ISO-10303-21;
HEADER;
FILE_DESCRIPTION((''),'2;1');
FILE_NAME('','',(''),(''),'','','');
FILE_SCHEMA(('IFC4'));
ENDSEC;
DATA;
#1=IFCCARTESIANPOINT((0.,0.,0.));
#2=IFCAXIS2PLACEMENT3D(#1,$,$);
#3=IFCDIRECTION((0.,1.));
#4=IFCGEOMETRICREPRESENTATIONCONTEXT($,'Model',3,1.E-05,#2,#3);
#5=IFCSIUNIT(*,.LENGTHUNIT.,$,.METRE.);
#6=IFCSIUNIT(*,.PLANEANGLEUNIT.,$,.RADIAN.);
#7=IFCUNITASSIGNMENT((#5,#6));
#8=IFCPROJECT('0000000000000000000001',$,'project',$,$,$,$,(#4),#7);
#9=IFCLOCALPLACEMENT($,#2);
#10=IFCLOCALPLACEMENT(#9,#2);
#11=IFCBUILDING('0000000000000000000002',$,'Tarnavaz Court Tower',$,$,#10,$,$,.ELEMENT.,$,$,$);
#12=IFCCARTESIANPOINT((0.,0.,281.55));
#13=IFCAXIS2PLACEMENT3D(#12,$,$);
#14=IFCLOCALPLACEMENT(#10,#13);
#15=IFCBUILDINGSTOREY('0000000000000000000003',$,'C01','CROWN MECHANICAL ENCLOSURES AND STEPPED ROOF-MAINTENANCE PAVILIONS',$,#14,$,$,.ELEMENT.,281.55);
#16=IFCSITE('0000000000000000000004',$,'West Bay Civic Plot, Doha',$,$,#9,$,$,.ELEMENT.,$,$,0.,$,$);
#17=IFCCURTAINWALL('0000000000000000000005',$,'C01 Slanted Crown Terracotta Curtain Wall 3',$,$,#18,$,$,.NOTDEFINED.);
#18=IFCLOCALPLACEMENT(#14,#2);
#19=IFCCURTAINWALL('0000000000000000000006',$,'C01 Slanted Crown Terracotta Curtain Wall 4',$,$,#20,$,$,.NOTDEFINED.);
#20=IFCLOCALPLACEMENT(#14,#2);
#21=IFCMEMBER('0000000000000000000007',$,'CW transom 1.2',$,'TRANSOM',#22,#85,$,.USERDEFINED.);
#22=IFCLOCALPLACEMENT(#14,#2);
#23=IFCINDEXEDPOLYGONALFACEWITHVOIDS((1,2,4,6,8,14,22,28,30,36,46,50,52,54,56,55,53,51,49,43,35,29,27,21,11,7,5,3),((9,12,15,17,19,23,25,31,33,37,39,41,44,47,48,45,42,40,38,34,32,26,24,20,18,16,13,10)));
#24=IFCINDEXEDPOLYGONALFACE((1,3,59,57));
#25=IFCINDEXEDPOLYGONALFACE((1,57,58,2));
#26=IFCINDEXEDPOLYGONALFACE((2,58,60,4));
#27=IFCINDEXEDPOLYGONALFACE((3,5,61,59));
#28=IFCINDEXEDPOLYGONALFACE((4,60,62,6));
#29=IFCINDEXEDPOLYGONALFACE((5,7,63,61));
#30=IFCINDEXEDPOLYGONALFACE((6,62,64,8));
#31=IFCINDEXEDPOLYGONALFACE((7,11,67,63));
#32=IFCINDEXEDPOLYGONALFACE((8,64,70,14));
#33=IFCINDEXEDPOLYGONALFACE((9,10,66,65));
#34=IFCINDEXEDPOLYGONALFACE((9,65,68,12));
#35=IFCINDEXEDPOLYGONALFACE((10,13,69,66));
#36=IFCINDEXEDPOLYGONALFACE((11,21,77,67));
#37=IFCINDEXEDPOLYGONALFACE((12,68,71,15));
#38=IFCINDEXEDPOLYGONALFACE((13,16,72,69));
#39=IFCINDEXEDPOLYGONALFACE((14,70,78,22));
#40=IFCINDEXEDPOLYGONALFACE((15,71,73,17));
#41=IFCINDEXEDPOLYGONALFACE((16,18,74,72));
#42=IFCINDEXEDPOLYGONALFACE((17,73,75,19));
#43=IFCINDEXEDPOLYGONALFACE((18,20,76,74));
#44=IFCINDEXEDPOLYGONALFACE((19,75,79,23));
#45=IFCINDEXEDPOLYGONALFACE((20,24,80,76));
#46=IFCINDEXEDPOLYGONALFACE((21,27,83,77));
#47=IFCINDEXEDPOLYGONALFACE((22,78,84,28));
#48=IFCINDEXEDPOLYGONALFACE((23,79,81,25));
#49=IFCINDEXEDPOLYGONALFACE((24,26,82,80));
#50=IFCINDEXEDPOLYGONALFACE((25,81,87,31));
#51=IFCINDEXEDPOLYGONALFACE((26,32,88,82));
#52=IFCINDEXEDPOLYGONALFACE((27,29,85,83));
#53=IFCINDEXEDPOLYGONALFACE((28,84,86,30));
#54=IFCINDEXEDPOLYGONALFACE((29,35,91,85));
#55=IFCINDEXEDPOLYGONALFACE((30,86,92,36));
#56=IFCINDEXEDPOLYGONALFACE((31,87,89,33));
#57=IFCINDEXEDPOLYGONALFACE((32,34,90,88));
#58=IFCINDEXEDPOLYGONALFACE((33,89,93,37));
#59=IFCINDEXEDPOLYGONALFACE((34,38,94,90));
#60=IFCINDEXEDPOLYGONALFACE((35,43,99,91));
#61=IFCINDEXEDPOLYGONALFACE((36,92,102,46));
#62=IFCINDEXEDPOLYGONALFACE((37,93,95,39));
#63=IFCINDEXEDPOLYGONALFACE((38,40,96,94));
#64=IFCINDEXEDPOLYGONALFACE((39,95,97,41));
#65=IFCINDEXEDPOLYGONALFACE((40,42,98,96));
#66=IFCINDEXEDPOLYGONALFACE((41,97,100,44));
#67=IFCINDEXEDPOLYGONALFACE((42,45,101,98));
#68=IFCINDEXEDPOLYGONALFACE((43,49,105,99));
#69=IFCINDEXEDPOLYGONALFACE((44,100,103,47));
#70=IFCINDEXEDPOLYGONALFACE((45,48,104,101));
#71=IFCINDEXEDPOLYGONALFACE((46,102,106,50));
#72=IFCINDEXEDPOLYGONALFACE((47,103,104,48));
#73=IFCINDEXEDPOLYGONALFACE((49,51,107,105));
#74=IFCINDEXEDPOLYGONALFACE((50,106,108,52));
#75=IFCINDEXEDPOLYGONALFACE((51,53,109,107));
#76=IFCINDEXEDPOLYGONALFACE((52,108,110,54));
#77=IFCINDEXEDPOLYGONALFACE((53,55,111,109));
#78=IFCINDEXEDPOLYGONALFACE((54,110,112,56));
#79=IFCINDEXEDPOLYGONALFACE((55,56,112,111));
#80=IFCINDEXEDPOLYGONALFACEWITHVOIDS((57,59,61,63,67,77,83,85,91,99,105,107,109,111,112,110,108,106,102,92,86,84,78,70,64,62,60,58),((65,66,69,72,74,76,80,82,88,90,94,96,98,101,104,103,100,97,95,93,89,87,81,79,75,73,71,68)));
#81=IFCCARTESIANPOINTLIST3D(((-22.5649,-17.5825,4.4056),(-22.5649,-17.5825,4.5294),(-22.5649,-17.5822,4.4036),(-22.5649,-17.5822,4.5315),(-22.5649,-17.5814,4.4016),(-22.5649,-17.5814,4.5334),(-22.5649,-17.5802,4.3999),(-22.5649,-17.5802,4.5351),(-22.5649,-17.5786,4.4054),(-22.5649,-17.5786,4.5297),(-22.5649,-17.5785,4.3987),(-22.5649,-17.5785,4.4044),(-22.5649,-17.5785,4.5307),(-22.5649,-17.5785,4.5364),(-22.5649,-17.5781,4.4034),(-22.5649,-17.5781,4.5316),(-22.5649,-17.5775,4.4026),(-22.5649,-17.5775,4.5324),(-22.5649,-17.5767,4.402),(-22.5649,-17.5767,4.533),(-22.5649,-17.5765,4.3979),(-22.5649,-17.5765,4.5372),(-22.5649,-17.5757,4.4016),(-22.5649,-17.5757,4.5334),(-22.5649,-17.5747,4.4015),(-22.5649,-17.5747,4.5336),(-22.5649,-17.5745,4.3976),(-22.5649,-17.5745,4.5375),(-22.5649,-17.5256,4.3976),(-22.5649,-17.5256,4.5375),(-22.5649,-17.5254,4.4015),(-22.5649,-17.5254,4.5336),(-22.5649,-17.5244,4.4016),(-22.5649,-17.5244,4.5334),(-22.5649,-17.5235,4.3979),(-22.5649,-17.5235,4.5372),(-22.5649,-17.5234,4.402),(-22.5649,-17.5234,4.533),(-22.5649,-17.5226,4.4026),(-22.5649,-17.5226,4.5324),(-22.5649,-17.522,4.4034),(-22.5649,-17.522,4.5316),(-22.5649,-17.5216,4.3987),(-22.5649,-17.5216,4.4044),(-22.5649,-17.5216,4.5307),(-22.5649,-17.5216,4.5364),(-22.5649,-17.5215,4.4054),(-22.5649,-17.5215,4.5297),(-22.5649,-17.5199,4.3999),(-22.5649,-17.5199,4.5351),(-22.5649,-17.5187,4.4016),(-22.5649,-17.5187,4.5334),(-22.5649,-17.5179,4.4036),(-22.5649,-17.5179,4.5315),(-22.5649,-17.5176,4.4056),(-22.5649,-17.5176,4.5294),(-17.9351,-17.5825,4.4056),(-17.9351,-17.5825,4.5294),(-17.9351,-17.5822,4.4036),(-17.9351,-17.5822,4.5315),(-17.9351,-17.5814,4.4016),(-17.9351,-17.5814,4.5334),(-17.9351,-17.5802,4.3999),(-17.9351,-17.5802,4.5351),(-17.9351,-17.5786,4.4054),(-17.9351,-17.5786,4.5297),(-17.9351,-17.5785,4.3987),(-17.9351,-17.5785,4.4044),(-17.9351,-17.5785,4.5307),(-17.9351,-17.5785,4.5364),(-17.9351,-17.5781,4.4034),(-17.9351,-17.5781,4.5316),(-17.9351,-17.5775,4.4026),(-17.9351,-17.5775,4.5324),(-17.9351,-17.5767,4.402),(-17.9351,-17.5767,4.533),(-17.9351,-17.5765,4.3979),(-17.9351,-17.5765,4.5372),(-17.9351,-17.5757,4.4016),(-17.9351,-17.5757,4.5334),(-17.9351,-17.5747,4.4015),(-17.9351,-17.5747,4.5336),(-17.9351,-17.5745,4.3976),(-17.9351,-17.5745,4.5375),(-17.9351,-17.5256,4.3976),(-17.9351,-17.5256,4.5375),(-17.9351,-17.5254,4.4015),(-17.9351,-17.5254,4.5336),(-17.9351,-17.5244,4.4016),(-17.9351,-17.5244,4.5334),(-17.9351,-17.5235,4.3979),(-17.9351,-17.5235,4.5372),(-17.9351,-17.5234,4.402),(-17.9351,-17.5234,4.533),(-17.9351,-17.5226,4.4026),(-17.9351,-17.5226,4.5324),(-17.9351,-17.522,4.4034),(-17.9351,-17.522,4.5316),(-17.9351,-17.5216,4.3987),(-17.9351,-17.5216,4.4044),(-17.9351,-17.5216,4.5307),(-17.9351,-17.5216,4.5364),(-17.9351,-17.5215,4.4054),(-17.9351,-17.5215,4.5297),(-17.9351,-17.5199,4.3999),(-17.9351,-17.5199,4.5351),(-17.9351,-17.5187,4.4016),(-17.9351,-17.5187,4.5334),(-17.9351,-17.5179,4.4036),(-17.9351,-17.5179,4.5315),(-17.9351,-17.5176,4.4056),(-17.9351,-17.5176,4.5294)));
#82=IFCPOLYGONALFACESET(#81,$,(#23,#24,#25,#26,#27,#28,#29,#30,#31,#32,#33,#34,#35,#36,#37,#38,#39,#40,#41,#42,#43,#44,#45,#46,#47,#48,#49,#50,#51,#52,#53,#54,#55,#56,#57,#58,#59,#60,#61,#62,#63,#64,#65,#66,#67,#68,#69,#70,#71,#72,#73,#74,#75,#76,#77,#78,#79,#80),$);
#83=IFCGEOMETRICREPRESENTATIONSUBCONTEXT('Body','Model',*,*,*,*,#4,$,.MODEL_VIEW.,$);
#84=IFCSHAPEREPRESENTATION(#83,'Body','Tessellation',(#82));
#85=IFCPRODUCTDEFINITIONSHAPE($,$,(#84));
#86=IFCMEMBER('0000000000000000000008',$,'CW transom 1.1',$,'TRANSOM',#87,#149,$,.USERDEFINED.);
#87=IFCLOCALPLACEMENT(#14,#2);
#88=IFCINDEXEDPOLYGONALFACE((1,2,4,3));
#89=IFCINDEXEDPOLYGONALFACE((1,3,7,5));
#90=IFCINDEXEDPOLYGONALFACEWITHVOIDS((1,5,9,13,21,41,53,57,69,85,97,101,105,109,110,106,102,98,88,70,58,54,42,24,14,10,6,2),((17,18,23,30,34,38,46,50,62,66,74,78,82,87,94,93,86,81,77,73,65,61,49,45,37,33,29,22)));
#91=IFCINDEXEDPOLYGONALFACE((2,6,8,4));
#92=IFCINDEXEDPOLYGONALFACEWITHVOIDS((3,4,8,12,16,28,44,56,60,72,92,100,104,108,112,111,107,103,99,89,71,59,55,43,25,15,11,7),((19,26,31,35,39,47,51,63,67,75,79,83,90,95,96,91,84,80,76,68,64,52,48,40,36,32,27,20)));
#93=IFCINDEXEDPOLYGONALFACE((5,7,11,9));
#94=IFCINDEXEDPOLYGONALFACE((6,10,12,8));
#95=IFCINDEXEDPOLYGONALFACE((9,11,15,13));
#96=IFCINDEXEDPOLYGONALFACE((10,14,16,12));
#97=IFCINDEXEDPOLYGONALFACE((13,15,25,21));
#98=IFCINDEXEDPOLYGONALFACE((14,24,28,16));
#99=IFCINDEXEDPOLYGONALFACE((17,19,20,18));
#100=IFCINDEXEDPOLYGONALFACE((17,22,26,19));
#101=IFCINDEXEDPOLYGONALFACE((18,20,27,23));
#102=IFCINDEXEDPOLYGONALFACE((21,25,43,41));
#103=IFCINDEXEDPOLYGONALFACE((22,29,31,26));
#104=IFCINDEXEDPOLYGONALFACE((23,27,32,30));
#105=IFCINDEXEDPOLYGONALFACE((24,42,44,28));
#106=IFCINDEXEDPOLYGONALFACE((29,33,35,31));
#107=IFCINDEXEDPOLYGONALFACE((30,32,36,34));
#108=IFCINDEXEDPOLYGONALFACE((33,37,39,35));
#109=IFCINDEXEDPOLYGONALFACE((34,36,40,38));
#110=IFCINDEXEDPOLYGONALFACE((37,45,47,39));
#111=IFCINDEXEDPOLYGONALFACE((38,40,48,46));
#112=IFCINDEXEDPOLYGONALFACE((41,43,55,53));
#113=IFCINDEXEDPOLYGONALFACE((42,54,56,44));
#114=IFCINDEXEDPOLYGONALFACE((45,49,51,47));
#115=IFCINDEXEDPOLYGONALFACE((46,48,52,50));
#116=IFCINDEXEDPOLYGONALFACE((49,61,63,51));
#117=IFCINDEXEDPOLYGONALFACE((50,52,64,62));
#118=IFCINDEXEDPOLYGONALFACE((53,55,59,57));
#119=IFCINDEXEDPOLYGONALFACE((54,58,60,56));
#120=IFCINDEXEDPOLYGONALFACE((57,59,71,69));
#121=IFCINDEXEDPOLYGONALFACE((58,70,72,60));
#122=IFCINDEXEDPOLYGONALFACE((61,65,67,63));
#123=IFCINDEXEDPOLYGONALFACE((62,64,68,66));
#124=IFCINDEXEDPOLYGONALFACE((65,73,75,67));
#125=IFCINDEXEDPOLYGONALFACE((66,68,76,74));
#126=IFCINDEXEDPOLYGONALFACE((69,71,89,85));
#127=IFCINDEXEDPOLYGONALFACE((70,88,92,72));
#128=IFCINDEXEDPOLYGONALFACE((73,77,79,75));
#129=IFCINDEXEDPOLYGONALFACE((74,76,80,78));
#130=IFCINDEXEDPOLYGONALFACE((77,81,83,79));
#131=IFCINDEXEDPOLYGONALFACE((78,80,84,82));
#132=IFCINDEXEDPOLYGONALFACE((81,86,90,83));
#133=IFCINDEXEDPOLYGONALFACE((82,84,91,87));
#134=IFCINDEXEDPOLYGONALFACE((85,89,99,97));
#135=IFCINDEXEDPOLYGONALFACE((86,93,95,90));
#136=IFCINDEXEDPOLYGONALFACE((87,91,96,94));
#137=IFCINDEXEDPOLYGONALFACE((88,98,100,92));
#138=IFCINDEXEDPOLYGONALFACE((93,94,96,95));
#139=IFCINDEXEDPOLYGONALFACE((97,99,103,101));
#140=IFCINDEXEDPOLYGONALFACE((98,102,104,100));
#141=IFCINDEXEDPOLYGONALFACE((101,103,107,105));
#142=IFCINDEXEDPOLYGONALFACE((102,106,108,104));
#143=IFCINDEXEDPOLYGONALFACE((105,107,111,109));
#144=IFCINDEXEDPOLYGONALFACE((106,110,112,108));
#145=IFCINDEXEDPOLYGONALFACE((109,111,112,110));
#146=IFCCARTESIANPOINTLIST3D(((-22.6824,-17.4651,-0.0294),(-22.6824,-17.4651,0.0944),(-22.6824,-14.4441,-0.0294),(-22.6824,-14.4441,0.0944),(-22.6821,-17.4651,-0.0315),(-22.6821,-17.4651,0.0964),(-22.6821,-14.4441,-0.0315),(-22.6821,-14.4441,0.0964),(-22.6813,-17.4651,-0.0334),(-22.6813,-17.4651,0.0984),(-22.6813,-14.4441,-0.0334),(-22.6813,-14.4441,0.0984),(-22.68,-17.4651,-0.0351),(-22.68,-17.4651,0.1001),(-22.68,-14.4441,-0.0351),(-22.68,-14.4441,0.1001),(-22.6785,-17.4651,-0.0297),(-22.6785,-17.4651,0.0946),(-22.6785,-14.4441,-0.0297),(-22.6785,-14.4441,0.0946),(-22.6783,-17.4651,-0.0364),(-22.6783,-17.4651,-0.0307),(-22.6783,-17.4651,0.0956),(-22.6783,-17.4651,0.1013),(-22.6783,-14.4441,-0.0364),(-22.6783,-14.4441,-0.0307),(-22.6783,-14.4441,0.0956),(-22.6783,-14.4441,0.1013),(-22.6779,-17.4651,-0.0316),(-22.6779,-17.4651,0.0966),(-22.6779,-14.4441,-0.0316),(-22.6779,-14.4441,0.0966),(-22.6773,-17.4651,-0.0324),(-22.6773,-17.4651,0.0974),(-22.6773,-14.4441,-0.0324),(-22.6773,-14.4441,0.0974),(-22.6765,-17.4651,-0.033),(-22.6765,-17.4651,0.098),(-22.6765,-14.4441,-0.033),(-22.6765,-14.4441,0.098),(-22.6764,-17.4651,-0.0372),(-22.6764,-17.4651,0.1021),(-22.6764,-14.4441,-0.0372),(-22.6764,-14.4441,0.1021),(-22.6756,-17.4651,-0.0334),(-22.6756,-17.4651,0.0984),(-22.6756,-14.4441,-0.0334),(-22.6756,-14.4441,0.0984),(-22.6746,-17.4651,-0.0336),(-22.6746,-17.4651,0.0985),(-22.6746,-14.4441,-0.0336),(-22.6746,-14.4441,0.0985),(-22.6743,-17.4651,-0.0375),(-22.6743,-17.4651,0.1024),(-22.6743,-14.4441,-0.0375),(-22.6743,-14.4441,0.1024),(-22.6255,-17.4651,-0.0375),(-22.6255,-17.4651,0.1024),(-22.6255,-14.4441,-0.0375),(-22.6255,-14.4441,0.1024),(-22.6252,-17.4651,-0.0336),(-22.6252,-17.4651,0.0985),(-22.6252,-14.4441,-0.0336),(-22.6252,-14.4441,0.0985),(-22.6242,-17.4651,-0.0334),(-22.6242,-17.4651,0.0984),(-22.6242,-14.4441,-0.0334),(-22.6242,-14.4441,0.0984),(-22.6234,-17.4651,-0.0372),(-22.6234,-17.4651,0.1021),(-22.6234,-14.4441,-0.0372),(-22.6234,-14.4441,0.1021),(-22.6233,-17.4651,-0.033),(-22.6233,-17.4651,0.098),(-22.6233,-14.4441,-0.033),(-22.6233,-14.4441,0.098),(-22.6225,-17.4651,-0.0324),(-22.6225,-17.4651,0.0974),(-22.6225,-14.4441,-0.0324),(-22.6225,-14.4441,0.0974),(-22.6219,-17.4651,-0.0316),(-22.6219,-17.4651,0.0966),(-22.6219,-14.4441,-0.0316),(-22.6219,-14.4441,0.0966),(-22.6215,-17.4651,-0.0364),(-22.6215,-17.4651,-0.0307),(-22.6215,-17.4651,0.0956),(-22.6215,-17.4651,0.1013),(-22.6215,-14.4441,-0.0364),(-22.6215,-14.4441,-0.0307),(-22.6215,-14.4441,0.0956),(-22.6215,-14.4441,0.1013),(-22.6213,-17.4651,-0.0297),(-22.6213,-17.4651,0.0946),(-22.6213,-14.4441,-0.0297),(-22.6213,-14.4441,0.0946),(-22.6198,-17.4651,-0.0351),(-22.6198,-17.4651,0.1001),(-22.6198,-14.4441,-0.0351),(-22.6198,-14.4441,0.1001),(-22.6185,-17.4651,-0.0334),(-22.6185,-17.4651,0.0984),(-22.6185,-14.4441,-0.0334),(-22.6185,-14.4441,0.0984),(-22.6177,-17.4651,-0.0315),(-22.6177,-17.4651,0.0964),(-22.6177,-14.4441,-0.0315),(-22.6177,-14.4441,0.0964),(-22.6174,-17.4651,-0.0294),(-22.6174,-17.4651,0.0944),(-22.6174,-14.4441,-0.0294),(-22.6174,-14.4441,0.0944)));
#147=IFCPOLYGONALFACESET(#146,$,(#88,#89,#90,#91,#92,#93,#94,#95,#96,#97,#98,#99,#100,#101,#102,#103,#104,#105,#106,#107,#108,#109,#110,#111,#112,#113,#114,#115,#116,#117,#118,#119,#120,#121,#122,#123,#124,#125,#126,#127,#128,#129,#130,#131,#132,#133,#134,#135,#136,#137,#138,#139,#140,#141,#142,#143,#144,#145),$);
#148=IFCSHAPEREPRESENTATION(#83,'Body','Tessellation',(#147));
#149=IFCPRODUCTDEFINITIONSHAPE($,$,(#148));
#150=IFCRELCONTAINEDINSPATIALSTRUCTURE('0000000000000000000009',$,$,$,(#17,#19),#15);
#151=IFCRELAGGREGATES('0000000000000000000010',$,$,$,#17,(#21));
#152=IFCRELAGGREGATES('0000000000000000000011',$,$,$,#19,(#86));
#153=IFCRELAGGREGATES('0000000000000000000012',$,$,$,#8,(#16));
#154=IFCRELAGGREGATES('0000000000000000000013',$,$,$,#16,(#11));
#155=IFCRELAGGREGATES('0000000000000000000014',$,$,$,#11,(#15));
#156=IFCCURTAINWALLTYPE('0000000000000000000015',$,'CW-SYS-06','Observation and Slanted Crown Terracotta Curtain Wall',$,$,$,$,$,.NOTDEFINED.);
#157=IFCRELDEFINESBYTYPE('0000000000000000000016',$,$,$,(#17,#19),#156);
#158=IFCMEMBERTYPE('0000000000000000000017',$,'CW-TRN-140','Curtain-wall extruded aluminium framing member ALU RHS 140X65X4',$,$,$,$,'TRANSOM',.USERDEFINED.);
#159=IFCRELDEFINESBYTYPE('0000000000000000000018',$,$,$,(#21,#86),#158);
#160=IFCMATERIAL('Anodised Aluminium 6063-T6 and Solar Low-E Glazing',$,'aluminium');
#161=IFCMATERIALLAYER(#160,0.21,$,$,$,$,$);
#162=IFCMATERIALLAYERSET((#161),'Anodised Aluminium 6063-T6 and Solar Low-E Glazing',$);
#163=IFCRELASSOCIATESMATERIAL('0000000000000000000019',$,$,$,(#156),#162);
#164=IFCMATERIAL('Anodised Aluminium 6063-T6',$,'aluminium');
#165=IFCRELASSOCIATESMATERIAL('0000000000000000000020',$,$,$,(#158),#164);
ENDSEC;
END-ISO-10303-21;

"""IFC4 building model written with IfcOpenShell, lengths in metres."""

from ifc_helpers import new_model, si_unit, direction, frame, origin, origin_2d, place, context, subcontext, project, spatial, hollow_rectangle, extrude, material, layer, layer_set, material_profile, profile_set, type_object, element, aggregate, save


model = new_model("IFC4")

# Units and contexts
model_context = context("Model", 3, precision=1e-05, world=origin(), true_north=direction((0.0, 1.0)))
body_context = subcontext(model_context, "Body", "Model", "MODEL_VIEW")
ifc_project = project(units=[si_unit("LENGTHUNIT", "METRE"), si_unit("PLANEANGLEUNIT", "RADIAN")], contexts=[model_context])

# Site, building, storey
site_placement = place(None, origin())
site = spatial("IfcSite", under=ifc_project, at=site_placement, Name="West Bay Civic Plot, Doha", CompositionType="ELEMENT", RefElevation=0.0)
building_placement = place(site_placement, origin())
building = spatial("IfcBuilding", under=site, at=building_placement, Name="Tarnavaz Court Tower", CompositionType="ELEMENT")
storey_placement = place(building_placement, frame((0.0, 0.0, 281.55)))
storey = spatial("IfcBuildingStorey", under=building, at=storey_placement, Name="C01", Description="CROWN MECHANICAL ENCLOSURES AND STEPPED ROOF-MAINTENANCE PAVILIONS", CompositionType="ELEMENT", Elevation=281.55)

# Curtain walls
ifc_material_1 = material(Name="Anodised Aluminium 6063-T6 and Solar Low-E Glazing", Category="aluminium")
ifc_layer_1 = layer(ifc_material_1, 0.21)
ifc_layer_set_1 = layer_set([ifc_layer_1], Name="Anodised Aluminium 6063-T6 and Solar Low-E Glazing")
curtain_wall_type = type_object("IfcCurtainWallType", Name="CW-SYS-06", Description="Observation and Slanted Crown Terracotta Curtain Wall", PredefinedType="NOTDEFINED", material=ifc_layer_set_1)
ifc_material_2 = material(Name="Anodised Aluminium 6063-T6", Category="aluminium")
curtain_wall_1_placement = place(storey_placement, origin())
curtain_wall_1 = element("IfcCurtainWall", 1, at=curtain_wall_1_placement, inside=storey, type_object=curtain_wall_type, Name="C01 Slanted Crown Terracotta Curtain Wall 3", PredefinedType="NOTDEFINED")
curtain_wall_2_placement = place(storey_placement, origin())
curtain_wall_2 = element("IfcCurtainWall", 2, at=curtain_wall_2_placement, inside=storey, type_object=curtain_wall_type, Name="C01 Slanted Crown Terracotta Curtain Wall 4", PredefinedType="NOTDEFINED")

# Members
ifc_material_profile_1 = material_profile(ifc_material_2, hollow_rectangle(XDim=0.0649, YDim=0.1399, WallThickness=0.0039, InnerFilletRadius=0.0039, OuterFilletRadius=0.0081, at=origin_2d()), Name="ALU RHS 140X65X4")
ifc_profile_set_1 = profile_set([ifc_material_profile_1], Name="Anodised Aluminium 6063-T6")
member_type_1 = type_object("IfcMemberType", Name="CW-TRN-140", Description="Curtain-wall extruded aluminium framing member ALU RHS 140X65X4", ElementType="TRANSOM", PredefinedType="USERDEFINED", material=ifc_profile_set_1)
member_1_placement = place(storey_placement, frame((-17.9351, -17.55, 4.4675), z_axis=(-1.0, 0.0, 0.0), x_axis=(0.0, -1.0, 0.0)))
member_1 = element("IfcMember", 3, at=member_1_placement, type_object=member_type_1, Name="CW transom 1.2", ObjectType="TRANSOM", PredefinedType="USERDEFINED", context=body_context, shape_type="SweptSolid", body=[
    extrude(hollow_rectangle(XDim=0.0649, YDim=0.1399, WallThickness=0.0039, InnerFilletRadius=0.0039, OuterFilletRadius=0.0081, at=origin_2d()), origin(), (0.0, 0.0, 1.0), 4.6299),
])
member_2_placement = place(storey_placement, frame((-22.6499, -17.4651, 0.0325), z_axis=(0.0, 1.0, 0.0), x_axis=(-1.0, 0.0, 0.0)))
member_2 = element("IfcMember", 4, at=member_2_placement, type_object=member_type_1, Name="CW transom 1.1", ObjectType="TRANSOM", PredefinedType="USERDEFINED", context=body_context, shape_type="SweptSolid", body=[
    extrude(hollow_rectangle(XDim=0.0649, YDim=0.1399, WallThickness=0.0039, InnerFilletRadius=0.0039, OuterFilletRadius=0.0081, at=origin_2d()), origin(), (0.0, 0.0, 1.0), 3.021),
])

aggregate(curtain_wall_1, [member_1])
aggregate(curtain_wall_2, [member_2])

save(model, "model.ifc")
